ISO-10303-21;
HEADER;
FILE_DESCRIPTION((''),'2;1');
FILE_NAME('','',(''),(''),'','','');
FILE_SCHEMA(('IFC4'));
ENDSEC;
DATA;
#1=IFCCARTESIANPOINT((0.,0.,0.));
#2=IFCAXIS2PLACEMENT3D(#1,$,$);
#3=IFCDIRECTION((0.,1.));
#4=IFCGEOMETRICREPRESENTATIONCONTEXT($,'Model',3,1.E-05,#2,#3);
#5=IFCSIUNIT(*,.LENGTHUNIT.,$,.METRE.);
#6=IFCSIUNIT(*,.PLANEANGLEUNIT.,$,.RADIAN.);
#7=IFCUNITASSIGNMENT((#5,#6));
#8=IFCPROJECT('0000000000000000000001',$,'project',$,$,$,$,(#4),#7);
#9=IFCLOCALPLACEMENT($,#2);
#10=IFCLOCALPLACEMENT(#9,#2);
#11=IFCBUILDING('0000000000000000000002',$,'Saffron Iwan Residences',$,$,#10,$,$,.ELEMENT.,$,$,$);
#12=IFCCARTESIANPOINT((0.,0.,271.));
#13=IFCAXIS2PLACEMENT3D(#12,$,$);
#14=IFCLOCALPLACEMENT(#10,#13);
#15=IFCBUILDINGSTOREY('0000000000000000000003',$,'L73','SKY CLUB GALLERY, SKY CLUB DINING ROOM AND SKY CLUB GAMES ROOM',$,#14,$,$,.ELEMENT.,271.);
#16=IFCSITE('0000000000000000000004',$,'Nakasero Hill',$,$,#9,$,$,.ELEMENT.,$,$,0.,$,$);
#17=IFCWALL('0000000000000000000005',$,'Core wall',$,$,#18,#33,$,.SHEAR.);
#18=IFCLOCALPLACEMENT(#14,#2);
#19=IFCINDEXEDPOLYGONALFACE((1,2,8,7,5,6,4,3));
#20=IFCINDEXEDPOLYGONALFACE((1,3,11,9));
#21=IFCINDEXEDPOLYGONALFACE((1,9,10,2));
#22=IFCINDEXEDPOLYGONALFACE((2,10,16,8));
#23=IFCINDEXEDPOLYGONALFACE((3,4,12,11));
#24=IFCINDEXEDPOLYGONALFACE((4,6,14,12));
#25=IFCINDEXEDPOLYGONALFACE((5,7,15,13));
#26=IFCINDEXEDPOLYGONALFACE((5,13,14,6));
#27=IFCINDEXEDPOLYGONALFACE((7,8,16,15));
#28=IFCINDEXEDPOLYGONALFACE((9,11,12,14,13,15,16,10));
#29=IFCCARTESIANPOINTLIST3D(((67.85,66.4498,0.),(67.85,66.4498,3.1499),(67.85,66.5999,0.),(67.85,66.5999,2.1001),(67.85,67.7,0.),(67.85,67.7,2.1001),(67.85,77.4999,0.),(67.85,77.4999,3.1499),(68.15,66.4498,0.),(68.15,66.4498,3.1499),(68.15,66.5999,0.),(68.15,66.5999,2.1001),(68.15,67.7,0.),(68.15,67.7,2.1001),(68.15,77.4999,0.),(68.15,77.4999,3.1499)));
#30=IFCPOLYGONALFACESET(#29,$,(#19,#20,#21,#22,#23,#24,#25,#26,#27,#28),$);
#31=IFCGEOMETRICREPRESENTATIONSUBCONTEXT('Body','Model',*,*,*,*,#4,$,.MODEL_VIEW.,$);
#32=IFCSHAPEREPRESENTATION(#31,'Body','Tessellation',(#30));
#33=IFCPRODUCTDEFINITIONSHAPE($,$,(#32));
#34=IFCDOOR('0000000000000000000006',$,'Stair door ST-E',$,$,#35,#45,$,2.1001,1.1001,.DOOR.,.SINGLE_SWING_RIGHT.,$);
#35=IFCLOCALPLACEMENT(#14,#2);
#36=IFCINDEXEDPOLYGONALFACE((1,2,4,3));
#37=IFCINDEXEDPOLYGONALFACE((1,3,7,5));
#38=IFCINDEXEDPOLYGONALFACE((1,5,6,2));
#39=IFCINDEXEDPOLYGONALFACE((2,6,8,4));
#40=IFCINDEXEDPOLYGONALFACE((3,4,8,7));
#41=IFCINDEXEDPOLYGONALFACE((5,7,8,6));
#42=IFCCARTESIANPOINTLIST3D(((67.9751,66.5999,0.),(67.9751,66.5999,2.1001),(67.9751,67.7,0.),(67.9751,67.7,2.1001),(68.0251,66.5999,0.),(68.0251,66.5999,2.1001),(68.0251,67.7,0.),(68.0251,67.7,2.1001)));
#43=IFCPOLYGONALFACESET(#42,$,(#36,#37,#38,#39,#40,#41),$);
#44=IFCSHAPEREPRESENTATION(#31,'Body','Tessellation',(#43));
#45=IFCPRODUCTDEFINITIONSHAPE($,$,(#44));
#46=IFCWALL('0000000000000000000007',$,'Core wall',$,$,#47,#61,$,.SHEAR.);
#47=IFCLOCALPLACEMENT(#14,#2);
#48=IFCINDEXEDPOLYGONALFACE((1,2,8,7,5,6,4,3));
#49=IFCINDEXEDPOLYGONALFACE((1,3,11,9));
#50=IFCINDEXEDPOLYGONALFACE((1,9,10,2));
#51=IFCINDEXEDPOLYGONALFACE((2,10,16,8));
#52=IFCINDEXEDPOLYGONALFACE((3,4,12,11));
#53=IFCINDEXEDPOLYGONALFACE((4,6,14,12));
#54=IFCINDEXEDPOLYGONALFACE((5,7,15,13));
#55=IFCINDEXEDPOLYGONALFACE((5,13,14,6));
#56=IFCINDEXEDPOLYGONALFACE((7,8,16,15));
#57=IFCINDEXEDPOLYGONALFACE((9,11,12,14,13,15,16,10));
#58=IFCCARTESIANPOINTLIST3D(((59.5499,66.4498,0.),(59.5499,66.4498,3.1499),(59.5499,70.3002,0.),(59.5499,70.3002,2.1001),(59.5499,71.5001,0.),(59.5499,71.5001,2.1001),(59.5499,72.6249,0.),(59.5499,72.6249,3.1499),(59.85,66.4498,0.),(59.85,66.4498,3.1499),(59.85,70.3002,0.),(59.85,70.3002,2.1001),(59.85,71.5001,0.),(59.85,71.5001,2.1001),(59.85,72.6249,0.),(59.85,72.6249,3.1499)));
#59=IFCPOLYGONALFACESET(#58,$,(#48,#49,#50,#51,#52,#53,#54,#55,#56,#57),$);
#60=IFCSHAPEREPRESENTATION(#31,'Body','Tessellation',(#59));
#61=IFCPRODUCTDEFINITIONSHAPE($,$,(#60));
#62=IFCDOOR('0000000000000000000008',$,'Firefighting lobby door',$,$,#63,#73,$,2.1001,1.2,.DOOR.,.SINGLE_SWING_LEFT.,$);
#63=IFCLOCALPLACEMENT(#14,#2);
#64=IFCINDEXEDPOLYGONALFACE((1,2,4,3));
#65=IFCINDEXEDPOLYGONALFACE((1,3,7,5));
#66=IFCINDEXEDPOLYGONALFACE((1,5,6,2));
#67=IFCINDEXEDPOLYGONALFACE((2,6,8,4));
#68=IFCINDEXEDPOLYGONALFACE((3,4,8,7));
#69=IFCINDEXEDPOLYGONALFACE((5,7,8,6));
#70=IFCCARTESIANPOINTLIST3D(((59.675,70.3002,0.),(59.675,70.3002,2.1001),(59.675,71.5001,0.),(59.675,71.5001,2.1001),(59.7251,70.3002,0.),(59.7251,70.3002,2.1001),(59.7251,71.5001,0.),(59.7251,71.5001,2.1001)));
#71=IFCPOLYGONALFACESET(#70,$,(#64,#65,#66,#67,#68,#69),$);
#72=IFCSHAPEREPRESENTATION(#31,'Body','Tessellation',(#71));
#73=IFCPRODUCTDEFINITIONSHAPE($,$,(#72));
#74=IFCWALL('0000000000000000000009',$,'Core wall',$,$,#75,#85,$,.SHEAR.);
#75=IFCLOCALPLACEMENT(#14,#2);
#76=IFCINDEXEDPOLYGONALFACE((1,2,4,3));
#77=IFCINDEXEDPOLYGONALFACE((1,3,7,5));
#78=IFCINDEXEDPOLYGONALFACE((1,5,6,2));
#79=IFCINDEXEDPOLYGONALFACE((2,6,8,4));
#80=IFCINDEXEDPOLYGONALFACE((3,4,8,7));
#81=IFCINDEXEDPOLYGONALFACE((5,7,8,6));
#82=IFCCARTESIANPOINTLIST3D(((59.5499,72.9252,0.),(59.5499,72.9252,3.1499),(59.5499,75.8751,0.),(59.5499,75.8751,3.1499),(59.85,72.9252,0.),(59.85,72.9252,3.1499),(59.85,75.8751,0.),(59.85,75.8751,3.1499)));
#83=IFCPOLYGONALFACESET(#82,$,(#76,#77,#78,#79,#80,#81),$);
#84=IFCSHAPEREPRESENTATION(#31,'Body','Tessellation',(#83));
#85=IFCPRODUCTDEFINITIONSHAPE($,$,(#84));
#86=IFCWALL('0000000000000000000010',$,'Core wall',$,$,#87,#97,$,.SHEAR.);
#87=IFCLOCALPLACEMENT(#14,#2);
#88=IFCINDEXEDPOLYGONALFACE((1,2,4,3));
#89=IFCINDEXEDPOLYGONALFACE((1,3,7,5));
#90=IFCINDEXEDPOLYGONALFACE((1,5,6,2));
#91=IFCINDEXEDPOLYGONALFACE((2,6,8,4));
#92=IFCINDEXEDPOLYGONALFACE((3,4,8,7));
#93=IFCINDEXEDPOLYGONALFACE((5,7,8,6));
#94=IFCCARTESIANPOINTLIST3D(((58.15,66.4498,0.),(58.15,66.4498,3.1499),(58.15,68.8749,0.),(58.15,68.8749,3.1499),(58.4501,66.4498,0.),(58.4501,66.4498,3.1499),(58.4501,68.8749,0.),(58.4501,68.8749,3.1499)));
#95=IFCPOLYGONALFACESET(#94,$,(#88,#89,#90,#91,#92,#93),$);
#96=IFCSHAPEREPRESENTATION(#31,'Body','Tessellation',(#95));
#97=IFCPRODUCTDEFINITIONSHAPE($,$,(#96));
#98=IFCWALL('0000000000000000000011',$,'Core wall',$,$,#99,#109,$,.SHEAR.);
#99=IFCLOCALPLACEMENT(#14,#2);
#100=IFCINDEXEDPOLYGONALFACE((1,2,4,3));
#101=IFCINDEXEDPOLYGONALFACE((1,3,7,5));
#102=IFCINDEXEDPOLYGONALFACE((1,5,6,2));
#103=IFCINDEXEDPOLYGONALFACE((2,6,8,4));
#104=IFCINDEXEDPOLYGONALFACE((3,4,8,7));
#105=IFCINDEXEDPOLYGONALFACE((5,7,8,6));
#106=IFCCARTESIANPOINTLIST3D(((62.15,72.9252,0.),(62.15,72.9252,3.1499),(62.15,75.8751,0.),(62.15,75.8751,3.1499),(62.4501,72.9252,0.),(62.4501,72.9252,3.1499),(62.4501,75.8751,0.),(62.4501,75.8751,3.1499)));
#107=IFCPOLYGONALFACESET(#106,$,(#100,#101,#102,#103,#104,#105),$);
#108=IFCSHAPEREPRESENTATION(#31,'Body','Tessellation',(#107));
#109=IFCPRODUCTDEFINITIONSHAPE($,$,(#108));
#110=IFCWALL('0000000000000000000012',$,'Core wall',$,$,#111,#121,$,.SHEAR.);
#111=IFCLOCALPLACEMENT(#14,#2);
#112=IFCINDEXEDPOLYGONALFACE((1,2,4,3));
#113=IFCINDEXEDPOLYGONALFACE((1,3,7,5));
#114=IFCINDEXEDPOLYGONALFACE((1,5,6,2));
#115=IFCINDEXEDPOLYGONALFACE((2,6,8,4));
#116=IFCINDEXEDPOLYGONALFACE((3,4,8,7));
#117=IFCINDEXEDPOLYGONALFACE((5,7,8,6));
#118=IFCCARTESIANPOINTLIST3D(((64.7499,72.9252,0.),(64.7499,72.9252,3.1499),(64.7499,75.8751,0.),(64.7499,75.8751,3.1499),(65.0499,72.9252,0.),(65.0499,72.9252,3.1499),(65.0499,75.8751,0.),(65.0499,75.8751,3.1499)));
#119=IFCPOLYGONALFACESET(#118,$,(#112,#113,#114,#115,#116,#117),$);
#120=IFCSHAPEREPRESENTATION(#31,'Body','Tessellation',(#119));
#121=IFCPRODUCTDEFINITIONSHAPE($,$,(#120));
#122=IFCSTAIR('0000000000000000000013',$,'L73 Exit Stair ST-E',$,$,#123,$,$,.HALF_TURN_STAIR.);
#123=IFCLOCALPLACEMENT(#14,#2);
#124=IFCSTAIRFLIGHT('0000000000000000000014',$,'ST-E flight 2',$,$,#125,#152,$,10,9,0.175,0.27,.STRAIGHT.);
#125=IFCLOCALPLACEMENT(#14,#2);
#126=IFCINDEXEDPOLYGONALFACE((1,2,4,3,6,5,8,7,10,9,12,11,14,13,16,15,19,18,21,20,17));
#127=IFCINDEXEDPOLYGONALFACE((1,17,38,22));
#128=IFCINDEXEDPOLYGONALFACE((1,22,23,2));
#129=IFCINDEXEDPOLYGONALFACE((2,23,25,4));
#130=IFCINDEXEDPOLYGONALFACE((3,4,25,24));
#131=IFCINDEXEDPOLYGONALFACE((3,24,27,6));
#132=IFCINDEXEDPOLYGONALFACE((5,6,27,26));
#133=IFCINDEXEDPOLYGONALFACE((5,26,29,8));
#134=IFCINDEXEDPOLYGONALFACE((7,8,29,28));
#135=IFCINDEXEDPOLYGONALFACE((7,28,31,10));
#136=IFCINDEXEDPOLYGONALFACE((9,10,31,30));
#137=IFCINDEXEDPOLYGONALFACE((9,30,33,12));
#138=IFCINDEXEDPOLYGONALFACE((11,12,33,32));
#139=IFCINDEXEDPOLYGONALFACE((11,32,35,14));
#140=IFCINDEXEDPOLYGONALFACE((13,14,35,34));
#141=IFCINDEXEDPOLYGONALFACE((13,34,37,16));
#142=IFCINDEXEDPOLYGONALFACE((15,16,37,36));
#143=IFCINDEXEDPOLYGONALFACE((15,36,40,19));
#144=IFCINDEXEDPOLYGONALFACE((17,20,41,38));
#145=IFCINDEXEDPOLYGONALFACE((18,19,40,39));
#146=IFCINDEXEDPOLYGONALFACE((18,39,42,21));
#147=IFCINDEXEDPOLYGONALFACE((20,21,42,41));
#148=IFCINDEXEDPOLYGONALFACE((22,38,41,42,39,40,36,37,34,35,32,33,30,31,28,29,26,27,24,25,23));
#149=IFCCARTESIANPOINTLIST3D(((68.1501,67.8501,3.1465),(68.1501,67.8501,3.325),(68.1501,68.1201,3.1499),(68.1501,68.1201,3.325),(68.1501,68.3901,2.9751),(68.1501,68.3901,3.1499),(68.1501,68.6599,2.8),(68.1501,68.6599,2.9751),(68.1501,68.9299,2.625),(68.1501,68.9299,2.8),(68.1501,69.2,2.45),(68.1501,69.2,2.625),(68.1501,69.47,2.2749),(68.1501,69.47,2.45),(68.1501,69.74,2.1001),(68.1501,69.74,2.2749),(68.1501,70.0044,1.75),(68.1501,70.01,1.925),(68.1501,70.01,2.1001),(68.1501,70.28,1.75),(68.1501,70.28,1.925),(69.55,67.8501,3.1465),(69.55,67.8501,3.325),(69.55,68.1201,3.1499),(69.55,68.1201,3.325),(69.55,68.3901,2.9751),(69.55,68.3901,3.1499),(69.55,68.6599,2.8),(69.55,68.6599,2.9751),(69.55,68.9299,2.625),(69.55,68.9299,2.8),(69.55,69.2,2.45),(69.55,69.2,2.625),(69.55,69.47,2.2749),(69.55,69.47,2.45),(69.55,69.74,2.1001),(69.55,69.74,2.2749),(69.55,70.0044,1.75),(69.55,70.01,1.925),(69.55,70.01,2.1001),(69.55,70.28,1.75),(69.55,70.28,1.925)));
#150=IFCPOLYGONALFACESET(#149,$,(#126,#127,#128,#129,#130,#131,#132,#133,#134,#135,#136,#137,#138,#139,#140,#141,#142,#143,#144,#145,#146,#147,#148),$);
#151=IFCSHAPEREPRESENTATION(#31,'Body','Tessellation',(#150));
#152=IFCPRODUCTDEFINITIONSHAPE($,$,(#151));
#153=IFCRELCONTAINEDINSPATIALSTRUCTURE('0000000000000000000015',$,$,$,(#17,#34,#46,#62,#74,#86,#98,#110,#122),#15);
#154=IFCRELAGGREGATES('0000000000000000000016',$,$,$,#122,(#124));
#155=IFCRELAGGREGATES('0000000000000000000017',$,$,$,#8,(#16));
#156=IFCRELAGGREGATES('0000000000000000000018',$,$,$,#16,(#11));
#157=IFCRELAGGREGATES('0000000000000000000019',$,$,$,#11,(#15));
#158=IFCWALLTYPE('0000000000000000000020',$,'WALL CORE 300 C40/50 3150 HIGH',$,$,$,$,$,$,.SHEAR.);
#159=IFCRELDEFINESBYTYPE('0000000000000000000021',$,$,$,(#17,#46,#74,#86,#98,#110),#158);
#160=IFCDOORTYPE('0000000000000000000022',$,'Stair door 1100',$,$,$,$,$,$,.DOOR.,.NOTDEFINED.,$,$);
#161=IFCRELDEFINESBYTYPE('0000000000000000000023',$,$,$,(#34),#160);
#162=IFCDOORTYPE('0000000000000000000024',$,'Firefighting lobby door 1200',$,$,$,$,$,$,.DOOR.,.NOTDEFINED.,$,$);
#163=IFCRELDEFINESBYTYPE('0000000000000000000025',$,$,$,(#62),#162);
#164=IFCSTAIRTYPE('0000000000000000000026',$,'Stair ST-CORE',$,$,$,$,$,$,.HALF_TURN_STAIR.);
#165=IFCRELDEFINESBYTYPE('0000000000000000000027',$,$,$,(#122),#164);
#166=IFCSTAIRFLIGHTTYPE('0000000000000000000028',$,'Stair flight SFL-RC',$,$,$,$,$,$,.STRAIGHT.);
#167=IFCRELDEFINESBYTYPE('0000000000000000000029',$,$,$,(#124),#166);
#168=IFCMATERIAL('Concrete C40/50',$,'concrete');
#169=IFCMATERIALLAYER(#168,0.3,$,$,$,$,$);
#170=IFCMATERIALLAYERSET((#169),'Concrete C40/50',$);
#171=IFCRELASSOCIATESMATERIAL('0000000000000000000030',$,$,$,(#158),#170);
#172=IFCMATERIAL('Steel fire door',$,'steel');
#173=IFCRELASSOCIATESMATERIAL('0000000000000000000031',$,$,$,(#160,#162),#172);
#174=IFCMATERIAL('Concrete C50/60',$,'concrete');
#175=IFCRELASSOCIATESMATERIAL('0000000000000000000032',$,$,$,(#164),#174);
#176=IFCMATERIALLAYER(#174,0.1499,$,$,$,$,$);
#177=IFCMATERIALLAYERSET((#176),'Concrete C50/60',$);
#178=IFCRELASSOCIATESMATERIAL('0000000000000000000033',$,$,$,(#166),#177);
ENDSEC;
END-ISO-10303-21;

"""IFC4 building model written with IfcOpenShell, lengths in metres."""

from ifc_helpers import new_model, si_unit, direction, frame, frame_2d, origin, place, context, subcontext, project, spatial, polyline, rectangle, outline, extrude, material, layer, layer_set, type_object, element, fill, aggregate, save


model = new_model("IFC4")

# Units and contexts
model_context = context("Model", 3, precision=1e-05, world=origin(), true_north=direction((0.0, 1.0)))
body_context = subcontext(model_context, "Body", "Model", "MODEL_VIEW")
ifc_project = project(units=[si_unit("LENGTHUNIT", "METRE"), si_unit("PLANEANGLEUNIT", "RADIAN")], contexts=[model_context])

# Site, building, storey
site_placement = place(None, origin())
site = spatial("IfcSite", under=ifc_project, at=site_placement, Name="Nakasero Hill", CompositionType="ELEMENT", RefElevation=0.0)
building_placement = place(site_placement, origin())
building = spatial("IfcBuilding", under=site, at=building_placement, Name="Saffron Iwan Residences", CompositionType="ELEMENT")
storey_placement = place(building_placement, frame((0.0, 0.0, 271.0)))
storey = spatial("IfcBuildingStorey", under=building, at=storey_placement, Name="L73", Description="SKY CLUB GALLERY, SKY CLUB DINING ROOM AND SKY CLUB GAMES ROOM", CompositionType="ELEMENT", Elevation=271.0)

# Shared definitions
ifc_material_1 = material(Name="Concrete C40/50", Category="concrete")

# Shared definitions
ifc_layer_1 = layer(ifc_material_1, 0.3)
ifc_layer_set_1 = layer_set([ifc_layer_1], Name="Concrete C40/50")
wall_type_1 = type_object("IfcWallType", Name="WALL CORE 300 C40/50 3150 HIGH", PredefinedType="SHEAR", material=ifc_layer_set_1)

# Walls, openings, doors
wall_1_placement = place(storey_placement, frame((68.0, 66.45, 0.0), z_axis=(0.0, 0.0, 1.0), x_axis=(0.0, 1.0, 0.0)))
wall_1 = element("IfcWall", 1, at=wall_1_placement, inside=storey, type_object=wall_type_1, Name="Core wall", PredefinedType="SHEAR", context=body_context, shape_type="SweptSolid", body=[
    extrude(rectangle(XDim=11.05, YDim=0.3, at=frame_2d((5.5249, 0.0))), origin(), (0.0, 0.0, 1.0), 3.1499),
])
opening_1_placement = place(wall_1_placement, frame((0.1499, 0.0, 0.0)))
opening_1 = element("IfcOpeningElement", 2, at=opening_1_placement, cuts=wall_1, PredefinedType="OPENING", context=body_context, shape_type="SweptSolid", body=[
    extrude(rectangle(XDim=1.1001, YDim=2.1001, at=frame_2d((0.55, 1.05))), frame((0.0, 0.1602, 0.0), z_axis=(0.0, -1.0, 0.0), x_axis=(1.0, 0.0, 0.0)), (0.0, 0.0, 1.0), 0.3201),
])
ifc_material_2 = material(Name="Steel fire door", Category="steel")
door_type_1 = type_object("IfcDoorType", Name="Stair door 1100", OperationType="NOTDEFINED", PredefinedType="DOOR", material=ifc_material_2)
door_1_placement = place(opening_1_placement, origin())
door_1 = element("IfcDoor", 3, at=door_1_placement, inside=storey, type_object=door_type_1, Name="Stair door ST-E", OperationType="SINGLE_SWING_RIGHT", OverallHeight=2.1001, OverallWidth=1.1001, PredefinedType="DOOR", context=body_context, shape_type="SweptSolid", body=[
    extrude(rectangle(XDim=1.1001, YDim=2.1001, at=frame_2d((0.55, 1.05))), frame((0.0, 0.0249, 0.0), z_axis=(0.0, -1.0, 0.0), x_axis=(1.0, 0.0, 0.0)), (0.0, 0.0, 1.0), 0.05),
])
fill(opening_1, door_1)
wall_2_placement = place(storey_placement, frame((59.7, 66.45, 0.0), z_axis=(0.0, 0.0, 1.0), x_axis=(0.0, 1.0, 0.0)))
wall_2 = element("IfcWall", 4, at=wall_2_placement, inside=storey, type_object=wall_type_1, Name="Core wall", PredefinedType="SHEAR", context=body_context, shape_type="SweptSolid", body=[
    extrude(rectangle(XDim=6.175, YDim=0.3, at=frame_2d((3.0874, 0.0))), origin(), (0.0, 0.0, 1.0), 3.1499),
])
opening_2_placement = place(wall_2_placement, frame((3.8501, 0.0, 0.0)))
opening_2 = element("IfcOpeningElement", 5, at=opening_2_placement, cuts=wall_2, PredefinedType="OPENING", context=body_context, shape_type="SweptSolid", body=[
    extrude(rectangle(XDim=1.2, YDim=2.1001, at=frame_2d((0.6001, 1.05))), frame((0.0, 0.1602, 0.0), z_axis=(0.0, -1.0, 0.0), x_axis=(1.0, 0.0, 0.0)), (0.0, 0.0, 1.0), 0.3201),
])
door_type_2 = type_object("IfcDoorType", Name="Firefighting lobby door 1200", OperationType="NOTDEFINED", PredefinedType="DOOR", material=ifc_material_2)
door_2_placement = place(opening_2_placement, origin())
door_2 = element("IfcDoor", 6, at=door_2_placement, inside=storey, type_object=door_type_2, Name="Firefighting lobby door", OperationType="SINGLE_SWING_LEFT", OverallHeight=2.1001, OverallWidth=1.2, PredefinedType="DOOR", context=body_context, shape_type="SweptSolid", body=[
    extrude(rectangle(XDim=1.2, YDim=2.1001, at=frame_2d((0.6001, 1.05))), frame((0.0, 0.0249, 0.0), z_axis=(0.0, -1.0, 0.0), x_axis=(1.0, 0.0, 0.0)), (0.0, 0.0, 1.0), 0.05),
])
fill(opening_2, door_2)

# Walls
wall_3_placement = place(storey_placement, frame((59.7, 72.925, 0.0), z_axis=(0.0, 0.0, 1.0), x_axis=(0.0, 1.0, 0.0)))
element("IfcWall", 7, at=wall_3_placement, inside=storey, type_object=wall_type_1, Name="Core wall", PredefinedType="SHEAR", context=body_context, shape_type="SweptSolid", body=[
    extrude(rectangle(XDim=2.95, YDim=0.3, at=frame_2d((1.4751, 0.0))), origin(), (0.0, 0.0, 1.0), 3.1499),
])
wall_4_placement = place(storey_placement, frame((58.3, 66.45, 0.0), z_axis=(0.0, 0.0, 1.0), x_axis=(0.0, 1.0, 0.0)))
element("IfcWall", 8, at=wall_4_placement, inside=storey, type_object=wall_type_1, Name="Core wall", PredefinedType="SHEAR", context=body_context, shape_type="SweptSolid", body=[
    extrude(rectangle(XDim=2.425, YDim=0.3, at=frame_2d((1.2124, 0.0))), origin(), (0.0, 0.0, 1.0), 3.1499),
])
for number, where, z_axis, x_axis, name in (
    (9, (62.3, 72.925, 0.0), (0.0, 0.0, 1.0), (0.0, 1.0, 0.0), "Core wall"),
    (10, (64.8999, 72.925, 0.0), (0.0, 0.0, 1.0), (0.0, 1.0, 0.0), "Core wall"),
):
    element("IfcWall", number, at=place(storey_placement, frame(where, z_axis=z_axis, x_axis=x_axis)), inside=storey, type_object=wall_type_1, Name=name, PredefinedType="SHEAR", context=body_context, shape_type="SweptSolid", body=[
        extrude(rectangle(XDim=2.95, YDim=0.3, at=frame_2d((1.4751, 0.0))), origin(), (0.0, 0.0, 1.0), 3.1499),
    ])

# Stair, stair flight
ifc_material_3 = material(Name="Concrete C50/60", Category="concrete")
stair_type = type_object("IfcStairType", Name="Stair ST-CORE", PredefinedType="HALF_TURN_STAIR", material=ifc_material_3)
stair_placement = place(storey_placement, origin())
stair = element("IfcStair", 11, at=stair_placement, inside=storey, type_object=stair_type, Name="L73 Exit Stair ST-E", PredefinedType="HALF_TURN_STAIR")
ifc_layer_2 = layer(ifc_material_3, 0.1499)
ifc_layer_set_2 = layer_set([ifc_layer_2], Name="Concrete C50/60")
stair_flight_type = type_object("IfcStairFlightType", Name="Stair flight SFL-RC", PredefinedType="STRAIGHT", material=ifc_layer_set_2)
stair_flight_placement = place(storey_placement, frame((68.8501, 70.28, 1.75), z_axis=(0.0, 0.0, 1.0), x_axis=(0.0, -1.0, 0.0)))
stair_flight = element("IfcStairFlight", 12, at=stair_flight_placement, type_object=stair_flight_type, Name="ST-E flight 2", NumberOfRisers=10, NumberOfTreads=9, PredefinedType="STRAIGHT", RiserHeight=0.175, TreadLength=0.27, context=body_context, shape_type="SweptSolid", body=[
    extrude(outline(polyline([(0.0, 0.0), (0.0, 0.175), (0.27, 0.175), (0.27, 0.3501), (0.54, 0.3501), (0.54, 0.5249), (0.8101, 0.5249), (0.8101, 0.7), (1.0801, 0.7), (1.0801, 0.875), (1.3501, 0.875), (1.3501, 1.05), (1.6201, 1.05), (1.6201, 1.2251), (1.8899, 1.2251), (1.8899, 1.3999), (2.1599, 1.3999), (2.1599, 1.575), (2.4299, 1.575), (2.4299, 1.75), (2.4299, 1.3965), (0.2756, 0.0), (0.0, 0.0)])), frame((0.0, 0.7, 0.0), z_axis=(0.0, -1.0, 0.0), x_axis=(1.0, 0.0, 0.0)), (0.0, 0.0, 1.0), 1.3999),
])
aggregate(stair, [stair_flight])

save(model, "model.ifc")
